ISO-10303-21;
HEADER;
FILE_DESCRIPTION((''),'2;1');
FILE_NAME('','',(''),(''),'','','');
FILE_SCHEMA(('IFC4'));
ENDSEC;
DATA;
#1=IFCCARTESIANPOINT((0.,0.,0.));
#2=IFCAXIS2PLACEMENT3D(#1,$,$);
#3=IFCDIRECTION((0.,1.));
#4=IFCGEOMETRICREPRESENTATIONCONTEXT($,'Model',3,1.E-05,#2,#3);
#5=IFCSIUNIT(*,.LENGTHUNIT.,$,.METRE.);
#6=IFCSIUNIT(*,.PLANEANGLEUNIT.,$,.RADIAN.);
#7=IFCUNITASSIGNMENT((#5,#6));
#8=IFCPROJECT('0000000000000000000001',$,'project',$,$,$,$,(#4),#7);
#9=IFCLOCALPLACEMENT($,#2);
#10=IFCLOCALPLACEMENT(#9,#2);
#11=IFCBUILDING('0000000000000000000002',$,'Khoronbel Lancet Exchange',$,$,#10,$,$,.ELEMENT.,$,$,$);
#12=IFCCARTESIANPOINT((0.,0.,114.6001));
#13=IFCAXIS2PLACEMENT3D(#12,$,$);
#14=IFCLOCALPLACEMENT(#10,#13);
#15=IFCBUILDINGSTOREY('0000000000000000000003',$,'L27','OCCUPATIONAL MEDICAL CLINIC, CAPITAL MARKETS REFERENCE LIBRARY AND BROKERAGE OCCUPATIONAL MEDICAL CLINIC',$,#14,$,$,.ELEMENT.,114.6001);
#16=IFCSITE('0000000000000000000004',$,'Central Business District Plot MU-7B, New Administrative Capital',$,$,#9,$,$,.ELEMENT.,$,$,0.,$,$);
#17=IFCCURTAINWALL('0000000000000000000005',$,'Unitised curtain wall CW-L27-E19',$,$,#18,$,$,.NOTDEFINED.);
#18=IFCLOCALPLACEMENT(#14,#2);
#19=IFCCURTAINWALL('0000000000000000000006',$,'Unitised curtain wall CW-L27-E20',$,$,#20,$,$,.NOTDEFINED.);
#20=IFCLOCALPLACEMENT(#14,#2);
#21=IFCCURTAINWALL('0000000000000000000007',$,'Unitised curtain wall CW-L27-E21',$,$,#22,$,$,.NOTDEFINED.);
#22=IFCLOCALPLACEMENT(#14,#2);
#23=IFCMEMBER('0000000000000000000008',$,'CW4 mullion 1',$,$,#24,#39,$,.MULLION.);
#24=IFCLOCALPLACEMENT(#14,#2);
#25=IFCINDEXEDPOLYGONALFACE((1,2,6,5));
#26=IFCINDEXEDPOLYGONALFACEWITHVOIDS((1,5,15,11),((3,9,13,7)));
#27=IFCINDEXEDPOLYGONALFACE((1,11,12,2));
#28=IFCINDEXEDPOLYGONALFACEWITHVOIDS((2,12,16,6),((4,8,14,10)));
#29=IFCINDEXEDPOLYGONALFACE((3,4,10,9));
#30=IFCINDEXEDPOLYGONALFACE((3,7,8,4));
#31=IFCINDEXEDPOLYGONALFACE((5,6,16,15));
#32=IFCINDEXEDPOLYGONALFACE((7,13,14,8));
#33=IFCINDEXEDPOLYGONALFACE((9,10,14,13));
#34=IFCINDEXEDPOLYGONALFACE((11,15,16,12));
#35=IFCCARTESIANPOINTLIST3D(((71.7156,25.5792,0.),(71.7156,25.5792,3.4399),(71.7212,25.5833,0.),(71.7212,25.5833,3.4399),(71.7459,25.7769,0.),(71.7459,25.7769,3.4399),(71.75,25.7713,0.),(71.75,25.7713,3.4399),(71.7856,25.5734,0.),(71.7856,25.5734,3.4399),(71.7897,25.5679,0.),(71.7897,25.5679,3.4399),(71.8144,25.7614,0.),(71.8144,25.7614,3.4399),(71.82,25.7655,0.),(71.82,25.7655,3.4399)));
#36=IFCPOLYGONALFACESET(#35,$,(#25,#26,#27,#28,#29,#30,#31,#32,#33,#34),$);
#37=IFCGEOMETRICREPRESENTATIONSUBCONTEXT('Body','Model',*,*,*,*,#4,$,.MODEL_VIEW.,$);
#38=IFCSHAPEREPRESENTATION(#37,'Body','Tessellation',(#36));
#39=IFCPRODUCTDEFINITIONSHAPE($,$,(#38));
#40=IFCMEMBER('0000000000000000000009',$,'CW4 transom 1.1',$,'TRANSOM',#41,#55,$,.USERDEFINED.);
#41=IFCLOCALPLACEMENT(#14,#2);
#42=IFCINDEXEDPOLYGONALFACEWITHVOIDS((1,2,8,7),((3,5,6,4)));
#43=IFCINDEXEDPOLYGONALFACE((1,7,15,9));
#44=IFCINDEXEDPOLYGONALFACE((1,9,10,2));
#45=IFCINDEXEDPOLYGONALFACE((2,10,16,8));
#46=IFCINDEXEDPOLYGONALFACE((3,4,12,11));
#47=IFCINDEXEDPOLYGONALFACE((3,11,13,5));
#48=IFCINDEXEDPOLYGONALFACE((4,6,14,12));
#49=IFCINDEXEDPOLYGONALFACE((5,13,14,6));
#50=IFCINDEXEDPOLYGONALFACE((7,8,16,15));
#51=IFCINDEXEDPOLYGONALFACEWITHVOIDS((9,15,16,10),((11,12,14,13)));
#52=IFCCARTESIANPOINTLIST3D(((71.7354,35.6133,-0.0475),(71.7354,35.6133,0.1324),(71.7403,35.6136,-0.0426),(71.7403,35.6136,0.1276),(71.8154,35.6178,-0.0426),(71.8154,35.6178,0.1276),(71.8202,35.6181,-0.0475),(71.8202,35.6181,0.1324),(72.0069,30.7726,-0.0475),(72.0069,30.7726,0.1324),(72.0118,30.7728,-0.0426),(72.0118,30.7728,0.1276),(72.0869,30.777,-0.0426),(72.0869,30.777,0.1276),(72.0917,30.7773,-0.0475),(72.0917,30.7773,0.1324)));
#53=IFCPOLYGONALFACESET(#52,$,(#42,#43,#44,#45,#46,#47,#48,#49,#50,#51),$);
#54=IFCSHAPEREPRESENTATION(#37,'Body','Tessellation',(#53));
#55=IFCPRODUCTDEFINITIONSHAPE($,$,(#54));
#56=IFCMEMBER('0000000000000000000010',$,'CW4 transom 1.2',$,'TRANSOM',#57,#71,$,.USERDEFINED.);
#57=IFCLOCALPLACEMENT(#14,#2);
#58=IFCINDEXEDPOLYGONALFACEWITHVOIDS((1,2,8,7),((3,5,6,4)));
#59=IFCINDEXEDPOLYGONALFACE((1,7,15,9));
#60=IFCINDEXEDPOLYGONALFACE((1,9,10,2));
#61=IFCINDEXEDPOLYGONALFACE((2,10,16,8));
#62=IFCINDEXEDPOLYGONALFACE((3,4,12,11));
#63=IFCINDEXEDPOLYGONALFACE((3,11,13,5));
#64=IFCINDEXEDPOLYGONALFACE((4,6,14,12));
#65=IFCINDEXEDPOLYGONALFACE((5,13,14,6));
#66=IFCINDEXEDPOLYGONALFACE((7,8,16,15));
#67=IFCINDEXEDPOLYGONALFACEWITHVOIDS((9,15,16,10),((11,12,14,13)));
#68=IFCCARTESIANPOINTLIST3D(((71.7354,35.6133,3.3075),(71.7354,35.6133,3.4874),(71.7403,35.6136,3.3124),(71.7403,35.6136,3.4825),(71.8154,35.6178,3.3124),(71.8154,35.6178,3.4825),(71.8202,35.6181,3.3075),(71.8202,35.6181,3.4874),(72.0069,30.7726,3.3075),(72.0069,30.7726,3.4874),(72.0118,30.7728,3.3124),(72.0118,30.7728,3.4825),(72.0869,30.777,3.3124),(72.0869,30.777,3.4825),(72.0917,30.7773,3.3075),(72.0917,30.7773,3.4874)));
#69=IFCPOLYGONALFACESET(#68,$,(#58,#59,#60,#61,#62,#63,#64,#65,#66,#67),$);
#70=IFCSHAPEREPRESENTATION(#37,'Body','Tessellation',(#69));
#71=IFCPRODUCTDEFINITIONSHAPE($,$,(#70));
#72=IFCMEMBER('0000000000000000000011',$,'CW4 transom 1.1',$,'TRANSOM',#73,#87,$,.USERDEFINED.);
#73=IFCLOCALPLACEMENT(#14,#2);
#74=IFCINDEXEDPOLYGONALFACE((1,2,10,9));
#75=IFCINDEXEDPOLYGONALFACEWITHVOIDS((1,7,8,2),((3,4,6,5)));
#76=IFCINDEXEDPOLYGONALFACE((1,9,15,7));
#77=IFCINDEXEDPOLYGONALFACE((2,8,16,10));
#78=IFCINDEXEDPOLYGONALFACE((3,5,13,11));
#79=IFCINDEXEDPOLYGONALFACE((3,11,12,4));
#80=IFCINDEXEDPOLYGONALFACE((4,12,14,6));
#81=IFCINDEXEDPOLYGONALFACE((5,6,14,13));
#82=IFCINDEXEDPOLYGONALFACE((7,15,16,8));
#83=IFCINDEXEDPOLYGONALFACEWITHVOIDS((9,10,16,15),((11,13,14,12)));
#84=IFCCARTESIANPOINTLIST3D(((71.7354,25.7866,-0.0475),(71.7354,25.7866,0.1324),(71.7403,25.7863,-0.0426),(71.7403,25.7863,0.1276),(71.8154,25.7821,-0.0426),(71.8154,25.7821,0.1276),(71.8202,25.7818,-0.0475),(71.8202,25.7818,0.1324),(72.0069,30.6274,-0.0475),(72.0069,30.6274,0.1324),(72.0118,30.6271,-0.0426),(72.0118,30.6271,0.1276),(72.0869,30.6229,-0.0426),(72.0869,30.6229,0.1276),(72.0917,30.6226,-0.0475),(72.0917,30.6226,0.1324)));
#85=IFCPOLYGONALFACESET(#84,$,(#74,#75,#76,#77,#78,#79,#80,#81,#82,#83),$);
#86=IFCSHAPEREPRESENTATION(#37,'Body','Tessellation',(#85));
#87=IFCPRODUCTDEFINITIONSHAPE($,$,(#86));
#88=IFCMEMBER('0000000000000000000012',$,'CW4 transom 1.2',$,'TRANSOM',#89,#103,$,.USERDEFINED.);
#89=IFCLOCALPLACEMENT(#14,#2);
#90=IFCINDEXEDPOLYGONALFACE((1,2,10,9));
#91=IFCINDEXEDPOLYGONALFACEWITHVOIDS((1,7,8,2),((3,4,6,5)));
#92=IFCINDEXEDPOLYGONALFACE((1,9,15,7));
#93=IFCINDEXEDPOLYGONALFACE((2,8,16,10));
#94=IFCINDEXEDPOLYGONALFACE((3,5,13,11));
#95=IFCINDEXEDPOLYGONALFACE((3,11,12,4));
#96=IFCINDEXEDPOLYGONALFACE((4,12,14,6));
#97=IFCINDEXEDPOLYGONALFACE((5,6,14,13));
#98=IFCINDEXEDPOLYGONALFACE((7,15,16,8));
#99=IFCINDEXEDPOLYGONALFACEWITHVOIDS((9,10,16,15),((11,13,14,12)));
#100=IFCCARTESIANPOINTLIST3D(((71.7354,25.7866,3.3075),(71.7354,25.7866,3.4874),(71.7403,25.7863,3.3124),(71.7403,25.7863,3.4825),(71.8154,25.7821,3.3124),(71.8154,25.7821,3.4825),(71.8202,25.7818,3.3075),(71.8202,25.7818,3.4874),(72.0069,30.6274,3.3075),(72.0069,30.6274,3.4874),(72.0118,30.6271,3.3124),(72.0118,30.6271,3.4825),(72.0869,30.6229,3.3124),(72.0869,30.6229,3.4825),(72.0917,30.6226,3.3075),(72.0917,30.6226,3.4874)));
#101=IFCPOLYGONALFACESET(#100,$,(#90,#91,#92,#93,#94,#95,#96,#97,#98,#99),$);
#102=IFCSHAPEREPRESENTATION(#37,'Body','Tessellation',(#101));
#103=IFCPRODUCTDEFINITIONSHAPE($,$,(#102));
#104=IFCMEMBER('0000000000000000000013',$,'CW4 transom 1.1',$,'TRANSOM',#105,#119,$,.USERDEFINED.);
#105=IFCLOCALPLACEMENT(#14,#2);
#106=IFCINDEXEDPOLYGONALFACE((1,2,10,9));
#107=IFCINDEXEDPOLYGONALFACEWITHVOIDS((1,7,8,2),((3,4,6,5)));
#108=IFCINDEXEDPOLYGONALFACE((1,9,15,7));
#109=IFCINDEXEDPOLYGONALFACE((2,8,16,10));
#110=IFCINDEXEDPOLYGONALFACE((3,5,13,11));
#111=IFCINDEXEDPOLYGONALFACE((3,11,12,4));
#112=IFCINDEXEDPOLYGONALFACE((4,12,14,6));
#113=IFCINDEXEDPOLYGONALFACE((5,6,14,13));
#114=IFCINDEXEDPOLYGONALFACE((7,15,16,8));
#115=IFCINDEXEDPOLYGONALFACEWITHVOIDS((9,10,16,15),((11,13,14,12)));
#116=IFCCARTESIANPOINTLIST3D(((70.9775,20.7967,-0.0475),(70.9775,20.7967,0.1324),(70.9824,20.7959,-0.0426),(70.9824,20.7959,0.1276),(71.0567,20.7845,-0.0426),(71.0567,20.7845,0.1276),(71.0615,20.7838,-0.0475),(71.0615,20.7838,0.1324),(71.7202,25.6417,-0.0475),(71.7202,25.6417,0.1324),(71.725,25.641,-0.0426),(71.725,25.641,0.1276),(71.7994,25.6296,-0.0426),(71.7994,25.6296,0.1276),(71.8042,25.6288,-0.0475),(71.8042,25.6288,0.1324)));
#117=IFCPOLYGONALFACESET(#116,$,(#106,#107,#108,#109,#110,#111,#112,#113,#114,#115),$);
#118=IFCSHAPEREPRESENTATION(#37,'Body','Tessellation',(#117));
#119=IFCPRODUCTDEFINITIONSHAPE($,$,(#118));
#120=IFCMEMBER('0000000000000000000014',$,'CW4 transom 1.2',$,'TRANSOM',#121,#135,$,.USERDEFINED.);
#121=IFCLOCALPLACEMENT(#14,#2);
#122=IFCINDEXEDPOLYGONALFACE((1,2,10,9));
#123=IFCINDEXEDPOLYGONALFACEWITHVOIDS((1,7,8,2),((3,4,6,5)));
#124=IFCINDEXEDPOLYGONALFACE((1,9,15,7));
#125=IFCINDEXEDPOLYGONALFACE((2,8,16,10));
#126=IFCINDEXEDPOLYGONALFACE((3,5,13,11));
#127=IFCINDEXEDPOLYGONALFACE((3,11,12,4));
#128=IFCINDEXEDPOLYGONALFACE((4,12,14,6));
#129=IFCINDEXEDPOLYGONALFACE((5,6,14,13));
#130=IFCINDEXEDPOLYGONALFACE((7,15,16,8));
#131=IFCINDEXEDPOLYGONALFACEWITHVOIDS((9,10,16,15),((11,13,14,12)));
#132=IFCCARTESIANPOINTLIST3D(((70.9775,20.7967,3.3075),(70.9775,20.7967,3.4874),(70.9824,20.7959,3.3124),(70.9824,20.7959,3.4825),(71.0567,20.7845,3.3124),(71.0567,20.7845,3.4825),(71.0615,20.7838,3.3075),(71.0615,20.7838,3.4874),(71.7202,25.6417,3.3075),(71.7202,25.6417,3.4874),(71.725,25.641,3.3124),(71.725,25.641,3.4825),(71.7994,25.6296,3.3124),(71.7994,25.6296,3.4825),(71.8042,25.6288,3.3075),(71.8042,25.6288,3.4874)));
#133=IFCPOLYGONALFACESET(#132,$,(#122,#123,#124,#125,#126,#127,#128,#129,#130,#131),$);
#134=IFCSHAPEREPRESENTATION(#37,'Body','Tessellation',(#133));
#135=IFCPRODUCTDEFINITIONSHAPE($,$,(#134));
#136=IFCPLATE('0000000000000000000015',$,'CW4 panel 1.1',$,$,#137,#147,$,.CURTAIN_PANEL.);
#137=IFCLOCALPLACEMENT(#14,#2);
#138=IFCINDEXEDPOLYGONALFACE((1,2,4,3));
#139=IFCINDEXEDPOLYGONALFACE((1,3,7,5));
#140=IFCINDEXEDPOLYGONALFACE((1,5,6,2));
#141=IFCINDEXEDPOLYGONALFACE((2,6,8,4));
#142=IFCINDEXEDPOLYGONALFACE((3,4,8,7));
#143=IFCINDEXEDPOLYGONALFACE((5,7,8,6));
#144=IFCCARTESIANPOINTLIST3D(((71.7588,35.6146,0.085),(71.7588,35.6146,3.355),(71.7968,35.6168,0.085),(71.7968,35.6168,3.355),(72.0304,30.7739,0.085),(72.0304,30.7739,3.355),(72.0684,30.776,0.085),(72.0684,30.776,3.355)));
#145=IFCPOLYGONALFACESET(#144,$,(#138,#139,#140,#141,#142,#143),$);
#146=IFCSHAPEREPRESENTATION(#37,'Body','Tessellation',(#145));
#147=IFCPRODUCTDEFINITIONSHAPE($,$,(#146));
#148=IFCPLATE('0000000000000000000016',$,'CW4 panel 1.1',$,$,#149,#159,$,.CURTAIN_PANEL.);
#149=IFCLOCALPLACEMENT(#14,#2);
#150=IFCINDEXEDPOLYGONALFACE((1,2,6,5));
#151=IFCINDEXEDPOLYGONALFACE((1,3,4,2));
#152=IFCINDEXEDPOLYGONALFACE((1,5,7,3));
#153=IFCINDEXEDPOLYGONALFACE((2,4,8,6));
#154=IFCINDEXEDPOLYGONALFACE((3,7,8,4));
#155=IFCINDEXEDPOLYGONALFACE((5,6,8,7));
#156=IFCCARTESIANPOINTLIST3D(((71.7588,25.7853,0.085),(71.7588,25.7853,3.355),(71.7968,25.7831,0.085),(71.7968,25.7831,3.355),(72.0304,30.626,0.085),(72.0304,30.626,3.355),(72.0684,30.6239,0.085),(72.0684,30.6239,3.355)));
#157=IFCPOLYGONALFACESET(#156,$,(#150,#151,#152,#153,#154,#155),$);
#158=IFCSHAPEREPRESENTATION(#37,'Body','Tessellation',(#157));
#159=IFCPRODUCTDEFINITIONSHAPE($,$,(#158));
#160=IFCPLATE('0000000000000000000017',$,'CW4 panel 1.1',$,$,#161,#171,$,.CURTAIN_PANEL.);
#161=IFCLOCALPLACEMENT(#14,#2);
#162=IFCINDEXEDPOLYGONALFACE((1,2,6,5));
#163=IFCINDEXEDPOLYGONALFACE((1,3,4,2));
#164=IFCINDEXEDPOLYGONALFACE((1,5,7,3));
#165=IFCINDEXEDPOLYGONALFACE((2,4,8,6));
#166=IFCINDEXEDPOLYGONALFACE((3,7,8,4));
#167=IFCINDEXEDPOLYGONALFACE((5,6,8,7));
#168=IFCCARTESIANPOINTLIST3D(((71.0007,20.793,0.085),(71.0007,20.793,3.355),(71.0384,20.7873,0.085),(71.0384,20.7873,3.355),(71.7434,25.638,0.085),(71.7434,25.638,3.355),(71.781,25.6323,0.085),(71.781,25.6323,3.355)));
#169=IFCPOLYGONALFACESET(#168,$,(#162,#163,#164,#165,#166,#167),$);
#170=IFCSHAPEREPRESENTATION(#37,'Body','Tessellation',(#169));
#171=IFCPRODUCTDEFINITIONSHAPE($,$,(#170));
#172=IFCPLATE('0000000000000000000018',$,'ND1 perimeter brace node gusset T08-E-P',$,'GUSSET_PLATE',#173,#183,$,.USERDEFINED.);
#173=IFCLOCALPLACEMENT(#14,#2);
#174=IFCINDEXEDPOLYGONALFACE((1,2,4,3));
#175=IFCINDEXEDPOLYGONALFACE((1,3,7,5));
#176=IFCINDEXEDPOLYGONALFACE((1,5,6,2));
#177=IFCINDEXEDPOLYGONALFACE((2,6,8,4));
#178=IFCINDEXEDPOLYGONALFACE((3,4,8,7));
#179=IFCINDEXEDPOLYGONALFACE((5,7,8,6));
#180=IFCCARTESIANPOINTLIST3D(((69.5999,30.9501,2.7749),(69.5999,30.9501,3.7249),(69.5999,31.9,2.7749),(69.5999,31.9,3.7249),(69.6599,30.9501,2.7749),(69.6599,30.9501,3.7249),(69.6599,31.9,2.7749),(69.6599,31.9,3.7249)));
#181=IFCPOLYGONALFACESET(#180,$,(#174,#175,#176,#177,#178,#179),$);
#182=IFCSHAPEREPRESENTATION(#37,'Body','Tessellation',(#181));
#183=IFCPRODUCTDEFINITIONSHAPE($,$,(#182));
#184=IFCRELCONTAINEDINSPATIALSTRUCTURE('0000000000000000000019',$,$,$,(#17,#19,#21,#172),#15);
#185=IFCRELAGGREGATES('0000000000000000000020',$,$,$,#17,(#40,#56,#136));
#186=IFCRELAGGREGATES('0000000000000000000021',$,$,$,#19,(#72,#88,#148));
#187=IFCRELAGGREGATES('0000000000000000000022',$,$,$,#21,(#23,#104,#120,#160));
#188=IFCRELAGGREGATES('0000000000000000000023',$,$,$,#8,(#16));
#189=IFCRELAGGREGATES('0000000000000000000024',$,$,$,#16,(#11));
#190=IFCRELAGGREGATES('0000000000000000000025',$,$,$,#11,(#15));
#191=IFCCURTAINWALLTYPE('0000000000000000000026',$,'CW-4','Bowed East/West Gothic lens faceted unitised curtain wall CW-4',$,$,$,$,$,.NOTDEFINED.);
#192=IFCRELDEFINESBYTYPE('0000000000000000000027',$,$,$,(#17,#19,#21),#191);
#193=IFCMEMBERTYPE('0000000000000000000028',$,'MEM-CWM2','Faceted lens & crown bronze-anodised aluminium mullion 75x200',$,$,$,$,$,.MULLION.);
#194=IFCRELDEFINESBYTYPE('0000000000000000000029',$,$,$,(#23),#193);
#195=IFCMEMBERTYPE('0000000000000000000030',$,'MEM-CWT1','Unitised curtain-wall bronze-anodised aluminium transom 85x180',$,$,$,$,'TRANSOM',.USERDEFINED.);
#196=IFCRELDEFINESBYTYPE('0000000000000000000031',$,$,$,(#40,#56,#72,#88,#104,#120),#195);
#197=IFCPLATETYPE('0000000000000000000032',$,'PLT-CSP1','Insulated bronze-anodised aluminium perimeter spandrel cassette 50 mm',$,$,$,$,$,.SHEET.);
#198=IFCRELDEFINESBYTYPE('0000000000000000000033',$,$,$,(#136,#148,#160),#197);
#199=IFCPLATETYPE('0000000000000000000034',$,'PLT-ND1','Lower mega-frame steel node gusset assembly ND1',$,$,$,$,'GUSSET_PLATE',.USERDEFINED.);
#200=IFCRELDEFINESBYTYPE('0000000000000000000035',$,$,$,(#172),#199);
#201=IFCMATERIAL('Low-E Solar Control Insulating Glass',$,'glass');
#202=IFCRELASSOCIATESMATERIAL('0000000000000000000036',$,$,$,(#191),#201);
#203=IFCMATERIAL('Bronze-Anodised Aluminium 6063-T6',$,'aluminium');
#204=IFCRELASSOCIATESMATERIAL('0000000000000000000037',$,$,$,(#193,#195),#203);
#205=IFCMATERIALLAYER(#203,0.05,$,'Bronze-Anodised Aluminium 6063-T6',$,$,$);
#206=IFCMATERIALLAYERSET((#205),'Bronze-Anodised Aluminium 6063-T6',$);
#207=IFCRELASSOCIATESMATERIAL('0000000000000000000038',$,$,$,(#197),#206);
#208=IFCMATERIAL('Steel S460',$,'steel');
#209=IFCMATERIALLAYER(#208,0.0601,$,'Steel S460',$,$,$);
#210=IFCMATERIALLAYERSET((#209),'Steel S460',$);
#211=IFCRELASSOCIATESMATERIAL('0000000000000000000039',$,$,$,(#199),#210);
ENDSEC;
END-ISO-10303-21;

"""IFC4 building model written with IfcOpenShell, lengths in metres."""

from ifc_helpers import new_model, si_unit, direction, frame, origin, origin_2d, place, context, subcontext, project, spatial, rectangle, hollow_rectangle, extrude, material, layer, layer_set, material_profile, profile_set, type_object, element, aggregate, save


model = new_model("IFC4")

# Units and contexts
model_context = context("Model", 3, precision=1e-05, world=origin(), true_north=direction((0.0, 1.0)))
body_context = subcontext(model_context, "Body", "Model", "MODEL_VIEW")
ifc_project = project(units=[si_unit("LENGTHUNIT", "METRE"), si_unit("PLANEANGLEUNIT", "RADIAN")], contexts=[model_context])

# Site, building, storey
site_placement = place(None, origin())
site = spatial("IfcSite", under=ifc_project, at=site_placement, Name="Central Business District Plot MU-7B, New Administrative Capital", CompositionType="ELEMENT", RefElevation=0.0)
building_placement = place(site_placement, origin())
building = spatial("IfcBuilding", under=site, at=building_placement, Name="Khoronbel Lancet Exchange", CompositionType="ELEMENT")
storey_placement = place(building_placement, frame((0.0, 0.0, 114.6001)))
storey = spatial("IfcBuildingStorey", under=building, at=storey_placement, Name="L27", Description="OCCUPATIONAL MEDICAL CLINIC, CAPITAL MARKETS REFERENCE LIBRARY AND BROKERAGE OCCUPATIONAL MEDICAL CLINIC", CompositionType="ELEMENT", Elevation=114.6001)

# Curtain walls
ifc_material_1 = material(Name="Low-E Solar Control Insulating Glass", Category="glass")
curtain_wall_type = type_object("IfcCurtainWallType", Name="CW-4", Description="Bowed East/West Gothic lens faceted unitised curtain wall CW-4", PredefinedType="NOTDEFINED", material=ifc_material_1)
curtain_wall_1_placement = place(storey_placement, origin())
curtain_wall_1 = element("IfcCurtainWall", 1, at=curtain_wall_1_placement, inside=storey, type_object=curtain_wall_type, Name="Unitised curtain wall CW-L27-E19", PredefinedType="NOTDEFINED")
ifc_material_2 = material(Name="Bronze-Anodised Aluminium 6063-T6", Category="aluminium")
ifc_material_profile_1 = material_profile(ifc_material_2, hollow_rectangle(XDim=0.075, YDim=0.2, WallThickness=0.0049, at=origin_2d()), Name="ALU MULLION 75x200")
ifc_profile_set_1 = profile_set([ifc_material_profile_1], Name="Bronze-Anodised Aluminium 6063-T6")
member_type_1 = type_object("IfcMemberType", Name="MEM-CWM2", Description="Faceted lens & crown bronze-anodised aluminium mullion 75x200", PredefinedType="MULLION", material=ifc_profile_set_1)
curtain_wall_2_placement = place(storey_placement, origin())
curtain_wall_2 = element("IfcCurtainWall", 2, at=curtain_wall_2_placement, inside=storey, type_object=curtain_wall_type, Name="Unitised curtain wall CW-L27-E20", PredefinedType="NOTDEFINED")

# Curtain wall, member
curtain_wall_3_placement = place(storey_placement, origin())
curtain_wall_3 = element("IfcCurtainWall", 3, at=curtain_wall_3_placement, inside=storey, type_object=curtain_wall_type, Name="Unitised curtain wall CW-L27-E21", PredefinedType="NOTDEFINED")
member_1_placement = place(storey_placement, frame((71.7678, 25.6724, 0.0), z_axis=(0.0, 0.0, 1.0), x_axis=(0.988455, -0.151516, 0.0)))
member_1 = element("IfcMember", 4, at=member_1_placement, type_object=member_type_1, Name="CW4 mullion 1", PredefinedType="MULLION", context=body_context, shape_type="SweptSolid", body=[
    extrude(hollow_rectangle(XDim=0.075, YDim=0.2, WallThickness=0.0049, at=origin_2d()), origin(), (0.0, 0.0, 1.0), 3.4399),
])

# Members
ifc_material_profile_2 = material_profile(ifc_material_2, hollow_rectangle(XDim=0.085, YDim=0.1799, WallThickness=0.0049, at=origin_2d()), Name="ALU TRANSOM 85x180")
ifc_profile_set_2 = profile_set([ifc_material_profile_2], Name="Bronze-Anodised Aluminium 6063-T6")
member_type_2 = type_object("IfcMemberType", Name="MEM-CWT1", Description="Unitised curtain-wall bronze-anodised aluminium transom 85x180", ElementType="TRANSOM", PredefinedType="USERDEFINED", material=ifc_profile_set_2)
member_2_placement = place(storey_placement, frame((71.7778, 35.6157, 0.0425), z_axis=(0.055994, -0.998431, 0.0), x_axis=(0.998431, 0.055994, 0.0)))
member_2 = element("IfcMember", 5, at=member_2_placement, type_object=member_type_2, Name="CW4 transom 1.1", ObjectType="TRANSOM", PredefinedType="USERDEFINED", context=body_context, shape_type="SweptSolid", body=[
    extrude(hollow_rectangle(XDim=0.085, YDim=0.1799, WallThickness=0.0049, at=origin_2d()), origin(), (0.0, 0.0, 1.0), 4.8484),
])
member_3_placement = place(storey_placement, frame((71.7778, 35.6157, 3.3975), z_axis=(0.055994, -0.998431, 0.0), x_axis=(0.998431, 0.055994, 0.0)))
member_3 = element("IfcMember", 6, at=member_3_placement, type_object=member_type_2, Name="CW4 transom 1.2", ObjectType="TRANSOM", PredefinedType="USERDEFINED", context=body_context, shape_type="SweptSolid", body=[
    extrude(hollow_rectangle(XDim=0.085, YDim=0.1799, WallThickness=0.0049, at=origin_2d()), origin(), (0.0, 0.0, 1.0), 4.8484),
])
member_4_placement = place(storey_placement, frame((72.0493, 30.625, 0.0425), z_axis=(-0.055994, -0.998431, 0.0), x_axis=(0.998431, -0.055994, 0.0)))
member_4 = element("IfcMember", 7, at=member_4_placement, type_object=member_type_2, Name="CW4 transom 1.1", ObjectType="TRANSOM", PredefinedType="USERDEFINED", context=body_context, shape_type="SweptSolid", body=[
    extrude(hollow_rectangle(XDim=0.085, YDim=0.1799, WallThickness=0.0049, at=origin_2d()), origin(), (0.0, 0.0, 1.0), 4.8484),
])
member_5_placement = place(storey_placement, frame((72.0493, 30.625, 3.3975), z_axis=(-0.055994, -0.998431, 0.0), x_axis=(0.998431, -0.055994, 0.0)))
member_5 = element("IfcMember", 8, at=member_5_placement, type_object=member_type_2, Name="CW4 transom 1.2", ObjectType="TRANSOM", PredefinedType="USERDEFINED", context=body_context, shape_type="SweptSolid", body=[
    extrude(hollow_rectangle(XDim=0.085, YDim=0.1799, WallThickness=0.0049, at=origin_2d()), origin(), (0.0, 0.0, 1.0), 4.8484),
])
member_6_placement = place(storey_placement, frame((71.7622, 25.6353, 0.0425), z_axis=(-0.151518, -0.988454, 0.0), x_axis=(0.988454, -0.151518, 0.0)))
member_6 = element("IfcMember", 9, at=member_6_placement, type_object=member_type_2, Name="CW4 transom 1.1", ObjectType="TRANSOM", PredefinedType="USERDEFINED", context=body_context, shape_type="SweptSolid", body=[
    extrude(hollow_rectangle(XDim=0.085, YDim=0.1799, WallThickness=0.0049, at=origin_2d()), origin(), (0.0, 0.0, 1.0), 4.9016),
])
member_7_placement = place(storey_placement, frame((71.7622, 25.6353, 3.3975), z_axis=(-0.151518, -0.988454, 0.0), x_axis=(0.988454, -0.151518, 0.0)))
member_7 = element("IfcMember", 10, at=member_7_placement, type_object=member_type_2, Name="CW4 transom 1.2", ObjectType="TRANSOM", PredefinedType="USERDEFINED", context=body_context, shape_type="SweptSolid", body=[
    extrude(hollow_rectangle(XDim=0.085, YDim=0.1799, WallThickness=0.0049, at=origin_2d()), origin(), (0.0, 0.0, 1.0), 4.9016),
])

# Plates
ifc_layer_1 = layer(ifc_material_2, 0.05, Name="Bronze-Anodised Aluminium 6063-T6")
ifc_layer_set_1 = layer_set([ifc_layer_1], Name="Bronze-Anodised Aluminium 6063-T6")
plate_type_1 = type_object("IfcPlateType", Name="PLT-CSP1", Description="Insulated bronze-anodised aluminium perimeter spandrel cassette 50 mm", PredefinedType="SHEET", material=ifc_layer_set_1)
plate_1_placement = place(storey_placement, frame((71.9136, 33.1953, 0.085), z_axis=(0.0, 0.0, 1.0), x_axis=(0.056017, -0.99843, 0.0)))
plate_1 = element("IfcPlate", 11, at=plate_1_placement, type_object=plate_type_1, Name="CW4 panel 1.1", PredefinedType="CURTAIN_PANEL", context=body_context, shape_type="SweptSolid", body=[
    extrude(rectangle(XDim=4.8484, YDim=0.0381, at=origin_2d()), origin(), (0.0, 0.0, 1.0), 3.27),
])
aggregate(curtain_wall_1, [member_2, member_3, plate_1])
plate_2_placement = place(storey_placement, frame((71.9136, 28.2046, 0.085), z_axis=(0.0, 0.0, 1.0), x_axis=(-0.056017, -0.99843, 0.0)))
plate_2 = element("IfcPlate", 12, at=plate_2_placement, type_object=plate_type_1, Name="CW4 panel 1.1", PredefinedType="CURTAIN_PANEL", context=body_context, shape_type="SweptSolid", body=[
    extrude(rectangle(XDim=4.8484, YDim=0.0381, at=origin_2d()), origin(), (0.0, 0.0, 1.0), 3.27),
])
aggregate(curtain_wall_2, [member_4, member_5, plate_2])
plate_3_placement = place(storey_placement, frame((71.3909, 23.2126, 0.085), z_axis=(0.0, 0.0, 1.0), x_axis=(-0.151516, -0.988455, 0.0)))
plate_3 = element("IfcPlate", 13, at=plate_3_placement, type_object=plate_type_1, Name="CW4 panel 1.1", PredefinedType="CURTAIN_PANEL", context=body_context, shape_type="SweptSolid", body=[
    extrude(rectangle(XDim=4.9016, YDim=0.0381, at=origin_2d()), origin(), (0.0, 0.0, 1.0), 3.27),
])
aggregate(curtain_wall_3, [member_1, member_6, member_7, plate_3])
ifc_material_3 = material(Name="Steel S460", Category="steel")
ifc_layer_2 = layer(ifc_material_3, 0.0601, Name="Steel S460")
ifc_layer_set_2 = layer_set([ifc_layer_2], Name="Steel S460")
plate_type_2 = type_object("IfcPlateType", Name="PLT-ND1", Description="Lower mega-frame steel node gusset assembly ND1", ElementType="GUSSET_PLATE", PredefinedType="USERDEFINED", material=ifc_layer_set_2)
plate_4_placement = place(storey_placement, frame((69.6299, 31.425, 2.7749), z_axis=(0.0, 0.0, 1.0), x_axis=(0.0, 1.0, 0.0)))
element("IfcPlate", 14, at=plate_4_placement, inside=storey, type_object=plate_type_2, Name="ND1 perimeter brace node gusset T08-E-P", ObjectType="GUSSET_PLATE", PredefinedType="USERDEFINED", context=body_context, shape_type="SweptSolid", body=[
    extrude(rectangle(XDim=0.95, YDim=0.0601, at=origin_2d()), origin(), (0.0, 0.0, 1.0), 0.95),
])

save(model, "model.ifc")
